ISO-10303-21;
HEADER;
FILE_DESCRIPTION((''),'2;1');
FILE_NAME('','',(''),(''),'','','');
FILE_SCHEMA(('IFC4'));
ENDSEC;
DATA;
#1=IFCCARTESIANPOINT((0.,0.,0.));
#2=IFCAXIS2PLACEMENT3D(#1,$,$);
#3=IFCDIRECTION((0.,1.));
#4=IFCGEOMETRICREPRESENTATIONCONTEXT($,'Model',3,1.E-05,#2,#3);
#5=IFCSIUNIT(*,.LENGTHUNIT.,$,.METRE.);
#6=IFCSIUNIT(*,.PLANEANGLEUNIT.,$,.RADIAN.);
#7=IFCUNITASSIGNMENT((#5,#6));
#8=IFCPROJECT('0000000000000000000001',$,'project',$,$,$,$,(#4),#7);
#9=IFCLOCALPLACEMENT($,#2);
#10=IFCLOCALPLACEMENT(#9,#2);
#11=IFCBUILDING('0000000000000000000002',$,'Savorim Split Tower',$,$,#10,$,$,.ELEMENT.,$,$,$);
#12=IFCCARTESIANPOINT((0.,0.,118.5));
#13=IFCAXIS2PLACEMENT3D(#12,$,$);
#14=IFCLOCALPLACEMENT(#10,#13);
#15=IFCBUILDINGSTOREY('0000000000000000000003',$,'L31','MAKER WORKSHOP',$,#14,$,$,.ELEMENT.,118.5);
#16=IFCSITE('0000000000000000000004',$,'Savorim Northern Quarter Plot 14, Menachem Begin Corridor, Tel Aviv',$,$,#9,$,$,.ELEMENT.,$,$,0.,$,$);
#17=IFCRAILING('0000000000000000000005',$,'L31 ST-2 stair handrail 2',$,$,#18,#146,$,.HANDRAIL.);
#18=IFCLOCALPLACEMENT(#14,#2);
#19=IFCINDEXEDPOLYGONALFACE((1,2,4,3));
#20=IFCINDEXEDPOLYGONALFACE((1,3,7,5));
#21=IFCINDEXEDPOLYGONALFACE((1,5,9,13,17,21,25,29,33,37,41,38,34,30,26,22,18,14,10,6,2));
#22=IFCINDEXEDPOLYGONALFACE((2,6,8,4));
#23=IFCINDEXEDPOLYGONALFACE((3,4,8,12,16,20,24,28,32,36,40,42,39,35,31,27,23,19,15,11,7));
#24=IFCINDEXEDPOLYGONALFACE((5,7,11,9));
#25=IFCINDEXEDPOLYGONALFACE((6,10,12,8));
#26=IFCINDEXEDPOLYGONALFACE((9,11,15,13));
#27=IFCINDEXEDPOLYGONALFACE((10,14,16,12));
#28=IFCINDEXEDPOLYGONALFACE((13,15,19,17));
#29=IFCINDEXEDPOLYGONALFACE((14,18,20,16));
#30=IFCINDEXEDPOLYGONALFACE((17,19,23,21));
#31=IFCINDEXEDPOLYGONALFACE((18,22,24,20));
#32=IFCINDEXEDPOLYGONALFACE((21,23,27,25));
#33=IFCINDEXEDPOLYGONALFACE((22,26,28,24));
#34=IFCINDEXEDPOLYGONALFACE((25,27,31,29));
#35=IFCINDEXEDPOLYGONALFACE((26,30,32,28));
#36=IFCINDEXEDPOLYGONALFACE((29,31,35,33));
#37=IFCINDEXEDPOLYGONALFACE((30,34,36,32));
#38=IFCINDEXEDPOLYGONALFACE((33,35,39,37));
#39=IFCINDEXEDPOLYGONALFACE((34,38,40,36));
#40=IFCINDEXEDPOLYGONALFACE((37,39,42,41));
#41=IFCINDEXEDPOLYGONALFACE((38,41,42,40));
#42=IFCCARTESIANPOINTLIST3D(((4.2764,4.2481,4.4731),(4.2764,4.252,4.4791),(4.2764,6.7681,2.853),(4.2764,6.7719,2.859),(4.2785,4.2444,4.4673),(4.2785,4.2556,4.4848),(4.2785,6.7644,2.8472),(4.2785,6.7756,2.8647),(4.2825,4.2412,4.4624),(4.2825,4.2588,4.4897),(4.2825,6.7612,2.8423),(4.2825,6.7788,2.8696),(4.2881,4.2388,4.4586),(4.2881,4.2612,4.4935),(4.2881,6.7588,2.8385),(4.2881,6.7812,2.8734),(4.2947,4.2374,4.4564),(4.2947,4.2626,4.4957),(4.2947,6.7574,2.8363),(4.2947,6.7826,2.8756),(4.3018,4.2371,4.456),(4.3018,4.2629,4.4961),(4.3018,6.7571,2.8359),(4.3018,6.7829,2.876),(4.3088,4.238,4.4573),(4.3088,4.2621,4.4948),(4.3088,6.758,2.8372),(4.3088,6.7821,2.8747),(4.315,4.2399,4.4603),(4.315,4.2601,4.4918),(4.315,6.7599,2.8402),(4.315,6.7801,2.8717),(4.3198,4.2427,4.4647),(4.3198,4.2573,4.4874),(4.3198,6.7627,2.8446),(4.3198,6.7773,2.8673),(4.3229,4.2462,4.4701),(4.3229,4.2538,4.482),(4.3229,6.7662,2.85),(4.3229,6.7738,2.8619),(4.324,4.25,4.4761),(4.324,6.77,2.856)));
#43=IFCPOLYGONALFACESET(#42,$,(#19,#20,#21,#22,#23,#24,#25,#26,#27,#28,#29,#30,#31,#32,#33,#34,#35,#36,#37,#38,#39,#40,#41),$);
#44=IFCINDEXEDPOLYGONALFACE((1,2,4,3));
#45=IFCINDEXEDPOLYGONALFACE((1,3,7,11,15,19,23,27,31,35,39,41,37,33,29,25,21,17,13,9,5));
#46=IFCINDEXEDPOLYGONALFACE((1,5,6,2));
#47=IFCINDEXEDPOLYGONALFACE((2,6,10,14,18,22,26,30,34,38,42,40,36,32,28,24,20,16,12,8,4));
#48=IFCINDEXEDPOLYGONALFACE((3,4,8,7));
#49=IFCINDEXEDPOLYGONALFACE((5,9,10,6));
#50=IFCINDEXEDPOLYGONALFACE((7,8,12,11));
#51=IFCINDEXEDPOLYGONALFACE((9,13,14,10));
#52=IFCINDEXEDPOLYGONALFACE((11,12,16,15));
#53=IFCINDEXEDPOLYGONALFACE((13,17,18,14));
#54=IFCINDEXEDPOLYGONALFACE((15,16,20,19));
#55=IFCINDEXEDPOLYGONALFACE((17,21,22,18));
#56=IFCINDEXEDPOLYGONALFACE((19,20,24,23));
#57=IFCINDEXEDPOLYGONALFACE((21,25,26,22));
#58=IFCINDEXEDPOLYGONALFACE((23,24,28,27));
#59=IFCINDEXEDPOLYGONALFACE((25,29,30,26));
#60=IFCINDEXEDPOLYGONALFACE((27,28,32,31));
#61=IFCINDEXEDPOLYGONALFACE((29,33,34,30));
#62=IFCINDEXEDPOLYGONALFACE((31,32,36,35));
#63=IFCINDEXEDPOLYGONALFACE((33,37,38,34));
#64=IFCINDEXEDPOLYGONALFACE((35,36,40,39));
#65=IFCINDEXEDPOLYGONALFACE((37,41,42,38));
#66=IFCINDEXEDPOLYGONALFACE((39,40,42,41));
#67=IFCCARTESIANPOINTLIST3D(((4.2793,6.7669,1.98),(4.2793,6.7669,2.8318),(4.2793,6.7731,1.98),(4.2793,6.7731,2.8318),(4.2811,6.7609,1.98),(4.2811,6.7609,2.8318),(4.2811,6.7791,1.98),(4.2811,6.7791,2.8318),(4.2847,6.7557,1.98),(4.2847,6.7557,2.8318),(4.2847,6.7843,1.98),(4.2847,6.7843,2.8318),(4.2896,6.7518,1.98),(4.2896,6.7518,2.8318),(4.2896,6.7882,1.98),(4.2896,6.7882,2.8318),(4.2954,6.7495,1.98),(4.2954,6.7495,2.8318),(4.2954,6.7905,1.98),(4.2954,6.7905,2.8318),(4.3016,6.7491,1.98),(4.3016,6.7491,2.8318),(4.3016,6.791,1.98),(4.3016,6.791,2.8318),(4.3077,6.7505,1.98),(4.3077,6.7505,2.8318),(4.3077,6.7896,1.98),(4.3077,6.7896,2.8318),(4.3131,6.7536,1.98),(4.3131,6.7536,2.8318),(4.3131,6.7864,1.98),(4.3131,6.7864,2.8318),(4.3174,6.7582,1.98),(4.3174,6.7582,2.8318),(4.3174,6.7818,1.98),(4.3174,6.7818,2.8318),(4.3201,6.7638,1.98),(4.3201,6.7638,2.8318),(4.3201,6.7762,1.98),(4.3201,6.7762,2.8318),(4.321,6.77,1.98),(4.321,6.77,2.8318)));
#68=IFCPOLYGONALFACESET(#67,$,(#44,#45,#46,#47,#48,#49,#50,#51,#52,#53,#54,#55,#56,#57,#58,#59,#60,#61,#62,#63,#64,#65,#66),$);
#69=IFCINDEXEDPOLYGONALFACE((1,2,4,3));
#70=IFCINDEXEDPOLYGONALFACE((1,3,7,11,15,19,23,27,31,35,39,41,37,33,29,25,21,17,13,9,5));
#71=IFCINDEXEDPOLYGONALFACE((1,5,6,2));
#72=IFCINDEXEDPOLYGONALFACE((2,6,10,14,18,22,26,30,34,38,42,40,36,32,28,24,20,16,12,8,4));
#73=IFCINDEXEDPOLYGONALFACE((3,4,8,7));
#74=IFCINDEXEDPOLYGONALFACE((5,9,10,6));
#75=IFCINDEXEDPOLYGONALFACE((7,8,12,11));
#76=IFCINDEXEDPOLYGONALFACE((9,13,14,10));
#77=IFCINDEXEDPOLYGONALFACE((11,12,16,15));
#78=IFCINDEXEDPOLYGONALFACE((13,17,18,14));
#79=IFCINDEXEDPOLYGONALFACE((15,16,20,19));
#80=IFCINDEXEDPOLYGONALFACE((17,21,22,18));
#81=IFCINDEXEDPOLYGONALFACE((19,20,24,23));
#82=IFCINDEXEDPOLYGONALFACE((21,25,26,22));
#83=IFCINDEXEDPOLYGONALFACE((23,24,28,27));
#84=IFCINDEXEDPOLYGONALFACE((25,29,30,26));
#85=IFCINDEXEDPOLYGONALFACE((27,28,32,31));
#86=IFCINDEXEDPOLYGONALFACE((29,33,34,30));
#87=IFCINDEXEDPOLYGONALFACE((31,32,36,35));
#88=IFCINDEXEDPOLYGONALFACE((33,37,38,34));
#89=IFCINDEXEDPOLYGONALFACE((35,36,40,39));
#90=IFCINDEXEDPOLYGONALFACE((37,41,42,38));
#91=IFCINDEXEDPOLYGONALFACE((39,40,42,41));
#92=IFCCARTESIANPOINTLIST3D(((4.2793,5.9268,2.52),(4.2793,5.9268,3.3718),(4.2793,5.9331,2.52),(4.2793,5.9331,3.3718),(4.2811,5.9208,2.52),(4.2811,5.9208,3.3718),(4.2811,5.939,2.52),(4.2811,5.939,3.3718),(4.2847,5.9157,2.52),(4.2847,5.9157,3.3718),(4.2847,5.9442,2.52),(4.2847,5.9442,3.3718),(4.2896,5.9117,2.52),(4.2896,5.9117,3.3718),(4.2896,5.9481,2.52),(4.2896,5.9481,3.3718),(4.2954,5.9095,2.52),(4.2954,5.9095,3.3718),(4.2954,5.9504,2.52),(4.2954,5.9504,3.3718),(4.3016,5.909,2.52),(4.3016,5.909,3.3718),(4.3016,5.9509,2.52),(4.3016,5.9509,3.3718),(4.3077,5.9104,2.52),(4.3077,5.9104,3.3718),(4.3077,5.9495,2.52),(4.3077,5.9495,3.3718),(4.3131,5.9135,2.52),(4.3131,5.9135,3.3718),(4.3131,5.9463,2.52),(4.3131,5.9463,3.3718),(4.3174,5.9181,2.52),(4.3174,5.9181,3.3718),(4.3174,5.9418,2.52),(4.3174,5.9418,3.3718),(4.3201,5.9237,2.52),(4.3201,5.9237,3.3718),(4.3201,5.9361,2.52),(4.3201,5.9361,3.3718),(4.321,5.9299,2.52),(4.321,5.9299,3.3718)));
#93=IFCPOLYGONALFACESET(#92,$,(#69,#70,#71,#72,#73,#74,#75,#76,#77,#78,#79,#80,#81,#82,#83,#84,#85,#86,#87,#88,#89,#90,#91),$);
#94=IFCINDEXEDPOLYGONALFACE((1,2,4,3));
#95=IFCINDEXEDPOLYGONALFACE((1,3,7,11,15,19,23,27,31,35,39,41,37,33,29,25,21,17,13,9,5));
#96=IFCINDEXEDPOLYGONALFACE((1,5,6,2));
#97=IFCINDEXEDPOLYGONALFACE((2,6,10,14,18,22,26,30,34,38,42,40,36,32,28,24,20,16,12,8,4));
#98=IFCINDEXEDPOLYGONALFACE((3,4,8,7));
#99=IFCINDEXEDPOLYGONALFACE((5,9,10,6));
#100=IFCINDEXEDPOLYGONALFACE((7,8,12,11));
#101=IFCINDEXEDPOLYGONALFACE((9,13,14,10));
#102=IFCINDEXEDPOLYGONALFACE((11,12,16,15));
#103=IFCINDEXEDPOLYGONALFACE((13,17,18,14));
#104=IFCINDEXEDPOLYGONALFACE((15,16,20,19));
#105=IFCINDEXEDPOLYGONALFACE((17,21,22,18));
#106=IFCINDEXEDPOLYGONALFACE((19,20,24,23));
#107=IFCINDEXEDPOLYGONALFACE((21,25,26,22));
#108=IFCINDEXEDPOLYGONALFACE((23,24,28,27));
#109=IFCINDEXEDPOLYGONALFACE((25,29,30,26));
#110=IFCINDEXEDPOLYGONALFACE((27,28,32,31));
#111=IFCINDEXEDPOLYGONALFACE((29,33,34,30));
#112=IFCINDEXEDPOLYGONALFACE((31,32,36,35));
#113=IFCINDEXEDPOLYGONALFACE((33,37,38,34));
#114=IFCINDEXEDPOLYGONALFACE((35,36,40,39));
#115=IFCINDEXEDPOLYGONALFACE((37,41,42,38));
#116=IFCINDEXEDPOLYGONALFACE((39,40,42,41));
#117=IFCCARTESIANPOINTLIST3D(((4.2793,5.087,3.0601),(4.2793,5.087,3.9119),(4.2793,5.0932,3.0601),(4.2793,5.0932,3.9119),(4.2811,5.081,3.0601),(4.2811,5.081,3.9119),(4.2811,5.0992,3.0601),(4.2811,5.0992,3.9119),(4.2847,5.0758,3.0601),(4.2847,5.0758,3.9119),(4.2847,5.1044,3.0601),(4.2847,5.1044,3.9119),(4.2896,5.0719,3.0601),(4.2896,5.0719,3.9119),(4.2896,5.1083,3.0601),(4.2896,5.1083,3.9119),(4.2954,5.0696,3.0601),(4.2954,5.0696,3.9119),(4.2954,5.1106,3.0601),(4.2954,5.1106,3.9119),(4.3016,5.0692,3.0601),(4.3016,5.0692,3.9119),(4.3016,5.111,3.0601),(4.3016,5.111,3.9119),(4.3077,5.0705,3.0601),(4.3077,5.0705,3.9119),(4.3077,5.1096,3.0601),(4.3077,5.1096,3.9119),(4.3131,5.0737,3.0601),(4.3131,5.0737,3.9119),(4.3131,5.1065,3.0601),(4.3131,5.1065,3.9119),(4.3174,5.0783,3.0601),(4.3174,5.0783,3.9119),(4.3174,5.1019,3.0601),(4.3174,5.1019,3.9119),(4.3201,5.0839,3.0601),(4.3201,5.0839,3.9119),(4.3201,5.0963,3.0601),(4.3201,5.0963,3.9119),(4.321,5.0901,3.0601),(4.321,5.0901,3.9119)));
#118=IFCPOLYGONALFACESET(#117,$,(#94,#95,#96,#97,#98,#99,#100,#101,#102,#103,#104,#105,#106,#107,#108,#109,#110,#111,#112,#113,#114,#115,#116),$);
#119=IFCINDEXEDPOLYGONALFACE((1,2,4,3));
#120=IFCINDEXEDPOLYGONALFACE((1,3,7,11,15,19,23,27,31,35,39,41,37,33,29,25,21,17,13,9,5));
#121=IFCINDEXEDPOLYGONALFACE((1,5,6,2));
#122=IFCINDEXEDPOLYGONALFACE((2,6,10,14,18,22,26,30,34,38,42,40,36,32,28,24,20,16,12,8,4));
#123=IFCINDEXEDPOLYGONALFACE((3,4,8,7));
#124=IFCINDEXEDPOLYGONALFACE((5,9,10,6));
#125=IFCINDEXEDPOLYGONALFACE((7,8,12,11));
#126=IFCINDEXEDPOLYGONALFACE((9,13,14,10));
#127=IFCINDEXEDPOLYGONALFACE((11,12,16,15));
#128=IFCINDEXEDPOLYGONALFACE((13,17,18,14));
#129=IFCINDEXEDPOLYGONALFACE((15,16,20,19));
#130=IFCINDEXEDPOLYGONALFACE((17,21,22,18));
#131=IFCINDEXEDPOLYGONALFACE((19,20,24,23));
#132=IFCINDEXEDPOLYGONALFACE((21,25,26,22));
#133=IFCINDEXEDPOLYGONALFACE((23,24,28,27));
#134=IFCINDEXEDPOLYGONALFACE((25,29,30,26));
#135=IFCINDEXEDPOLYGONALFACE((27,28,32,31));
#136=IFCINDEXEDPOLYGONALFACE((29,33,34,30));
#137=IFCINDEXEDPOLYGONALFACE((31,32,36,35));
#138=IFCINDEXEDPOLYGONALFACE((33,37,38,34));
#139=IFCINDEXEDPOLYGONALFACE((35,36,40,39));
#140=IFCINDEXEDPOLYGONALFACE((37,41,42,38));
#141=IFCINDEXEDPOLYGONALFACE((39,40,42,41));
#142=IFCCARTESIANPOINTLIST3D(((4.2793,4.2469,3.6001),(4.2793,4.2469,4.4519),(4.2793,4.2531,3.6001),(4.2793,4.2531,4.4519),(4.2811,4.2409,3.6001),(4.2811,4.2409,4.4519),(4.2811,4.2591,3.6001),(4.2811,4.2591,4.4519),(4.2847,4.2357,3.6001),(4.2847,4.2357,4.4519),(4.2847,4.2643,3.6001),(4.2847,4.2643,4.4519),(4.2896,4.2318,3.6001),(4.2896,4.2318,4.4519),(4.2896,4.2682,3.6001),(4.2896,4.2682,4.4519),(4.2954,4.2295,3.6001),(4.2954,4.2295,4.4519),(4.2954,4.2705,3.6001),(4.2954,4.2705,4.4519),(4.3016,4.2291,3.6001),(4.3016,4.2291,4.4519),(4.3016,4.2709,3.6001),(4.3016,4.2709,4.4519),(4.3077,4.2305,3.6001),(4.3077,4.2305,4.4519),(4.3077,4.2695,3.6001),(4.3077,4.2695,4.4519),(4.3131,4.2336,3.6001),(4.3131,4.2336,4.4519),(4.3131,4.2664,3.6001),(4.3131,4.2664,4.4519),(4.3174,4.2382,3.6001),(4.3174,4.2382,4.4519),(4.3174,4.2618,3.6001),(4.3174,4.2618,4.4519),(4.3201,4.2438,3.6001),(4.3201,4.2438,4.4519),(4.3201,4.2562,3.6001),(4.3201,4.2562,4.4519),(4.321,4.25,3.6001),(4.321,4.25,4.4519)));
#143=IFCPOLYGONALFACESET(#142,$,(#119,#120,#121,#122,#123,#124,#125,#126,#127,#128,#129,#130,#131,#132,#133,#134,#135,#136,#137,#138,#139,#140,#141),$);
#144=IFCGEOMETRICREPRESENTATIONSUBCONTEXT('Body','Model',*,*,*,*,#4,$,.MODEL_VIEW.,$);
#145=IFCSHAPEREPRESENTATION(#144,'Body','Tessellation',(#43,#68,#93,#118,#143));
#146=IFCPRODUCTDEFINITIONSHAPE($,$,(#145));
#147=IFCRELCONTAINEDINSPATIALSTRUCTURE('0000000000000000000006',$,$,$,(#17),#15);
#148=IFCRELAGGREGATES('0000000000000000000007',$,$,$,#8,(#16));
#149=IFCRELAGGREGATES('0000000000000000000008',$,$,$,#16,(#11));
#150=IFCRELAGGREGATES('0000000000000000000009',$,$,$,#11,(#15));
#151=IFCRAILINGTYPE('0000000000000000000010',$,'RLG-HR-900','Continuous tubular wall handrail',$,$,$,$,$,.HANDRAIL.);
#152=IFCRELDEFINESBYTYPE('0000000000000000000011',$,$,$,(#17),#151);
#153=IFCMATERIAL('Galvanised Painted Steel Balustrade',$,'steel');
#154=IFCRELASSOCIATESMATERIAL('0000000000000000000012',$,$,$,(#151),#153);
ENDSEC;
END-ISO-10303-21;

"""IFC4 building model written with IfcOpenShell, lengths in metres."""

from ifc_helpers import new_model, si_unit, direction, frame, origin, origin_2d, place, context, subcontext, project, spatial, circle, extrude, material, type_object, element, save


model = new_model("IFC4")

# Units and contexts
model_context = context("Model", 3, precision=1e-05, world=origin(), true_north=direction((0.0, 1.0)))
body_context = subcontext(model_context, "Body", "Model", "MODEL_VIEW")
ifc_project = project(units=[si_unit("LENGTHUNIT", "METRE"), si_unit("PLANEANGLEUNIT", "RADIAN")], contexts=[model_context])

# Site, building, storey
site_placement = place(None, origin())
site = spatial("IfcSite", under=ifc_project, at=site_placement, Name="Savorim Northern Quarter Plot 14, Menachem Begin Corridor, Tel Aviv", CompositionType="ELEMENT", RefElevation=0.0)
building_placement = place(site_placement, origin())
building = spatial("IfcBuilding", under=site, at=building_placement, Name="Savorim Split Tower", CompositionType="ELEMENT")
storey_placement = place(building_placement, frame((0.0, 0.0, 118.5)))
storey = spatial("IfcBuildingStorey", under=building, at=storey_placement, Name="L31", Description="MAKER WORKSHOP", CompositionType="ELEMENT", Elevation=118.5)

# Railing
ifc_material_1 = material(Name="Galvanised Painted Steel Balustrade", Category="steel")
railing_type_1 = type_object("IfcRailingType", Name="RLG-HR-900", Description="Continuous tubular wall handrail", PredefinedType="HANDRAIL", material=ifc_material_1)
railing_1_placement = place(storey_placement, frame((4.3, 6.77, 1.98)))
element("IfcRailing", 1, at=railing_1_placement, inside=storey, type_object=railing_type_1, Name="L31 ST-2 stair handrail 2", PredefinedType="HANDRAIL", context=body_context, shape_type="SweptSolid", body=[
    extrude(circle(Radius=0.0239, at=origin_2d()), frame((0.0, 0.0, 0.876), z_axis=(0.0, -0.841163, 0.540782), x_axis=(1.0, 0.0, 0.0)), (0.0, 0.0, 1.0), 2.9958),
    extrude(circle(Radius=0.021, at=origin_2d()), origin(), (0.0, 0.0, 1.0), 0.8518),
    extrude(circle(Radius=0.021, at=origin_2d()), frame((0.0, -0.8401, 0.54)), (0.0, 0.0, 1.0), 0.8518),
    extrude(circle(Radius=0.021, at=origin_2d()), frame((0.0, -1.6799, 1.0801)), (0.0, 0.0, 1.0), 0.8518),
    extrude(circle(Radius=0.021, at=origin_2d()), frame((0.0, -2.52, 1.6201)), (0.0, 0.0, 1.0), 0.8518),
])

save(model, "model.ifc")
